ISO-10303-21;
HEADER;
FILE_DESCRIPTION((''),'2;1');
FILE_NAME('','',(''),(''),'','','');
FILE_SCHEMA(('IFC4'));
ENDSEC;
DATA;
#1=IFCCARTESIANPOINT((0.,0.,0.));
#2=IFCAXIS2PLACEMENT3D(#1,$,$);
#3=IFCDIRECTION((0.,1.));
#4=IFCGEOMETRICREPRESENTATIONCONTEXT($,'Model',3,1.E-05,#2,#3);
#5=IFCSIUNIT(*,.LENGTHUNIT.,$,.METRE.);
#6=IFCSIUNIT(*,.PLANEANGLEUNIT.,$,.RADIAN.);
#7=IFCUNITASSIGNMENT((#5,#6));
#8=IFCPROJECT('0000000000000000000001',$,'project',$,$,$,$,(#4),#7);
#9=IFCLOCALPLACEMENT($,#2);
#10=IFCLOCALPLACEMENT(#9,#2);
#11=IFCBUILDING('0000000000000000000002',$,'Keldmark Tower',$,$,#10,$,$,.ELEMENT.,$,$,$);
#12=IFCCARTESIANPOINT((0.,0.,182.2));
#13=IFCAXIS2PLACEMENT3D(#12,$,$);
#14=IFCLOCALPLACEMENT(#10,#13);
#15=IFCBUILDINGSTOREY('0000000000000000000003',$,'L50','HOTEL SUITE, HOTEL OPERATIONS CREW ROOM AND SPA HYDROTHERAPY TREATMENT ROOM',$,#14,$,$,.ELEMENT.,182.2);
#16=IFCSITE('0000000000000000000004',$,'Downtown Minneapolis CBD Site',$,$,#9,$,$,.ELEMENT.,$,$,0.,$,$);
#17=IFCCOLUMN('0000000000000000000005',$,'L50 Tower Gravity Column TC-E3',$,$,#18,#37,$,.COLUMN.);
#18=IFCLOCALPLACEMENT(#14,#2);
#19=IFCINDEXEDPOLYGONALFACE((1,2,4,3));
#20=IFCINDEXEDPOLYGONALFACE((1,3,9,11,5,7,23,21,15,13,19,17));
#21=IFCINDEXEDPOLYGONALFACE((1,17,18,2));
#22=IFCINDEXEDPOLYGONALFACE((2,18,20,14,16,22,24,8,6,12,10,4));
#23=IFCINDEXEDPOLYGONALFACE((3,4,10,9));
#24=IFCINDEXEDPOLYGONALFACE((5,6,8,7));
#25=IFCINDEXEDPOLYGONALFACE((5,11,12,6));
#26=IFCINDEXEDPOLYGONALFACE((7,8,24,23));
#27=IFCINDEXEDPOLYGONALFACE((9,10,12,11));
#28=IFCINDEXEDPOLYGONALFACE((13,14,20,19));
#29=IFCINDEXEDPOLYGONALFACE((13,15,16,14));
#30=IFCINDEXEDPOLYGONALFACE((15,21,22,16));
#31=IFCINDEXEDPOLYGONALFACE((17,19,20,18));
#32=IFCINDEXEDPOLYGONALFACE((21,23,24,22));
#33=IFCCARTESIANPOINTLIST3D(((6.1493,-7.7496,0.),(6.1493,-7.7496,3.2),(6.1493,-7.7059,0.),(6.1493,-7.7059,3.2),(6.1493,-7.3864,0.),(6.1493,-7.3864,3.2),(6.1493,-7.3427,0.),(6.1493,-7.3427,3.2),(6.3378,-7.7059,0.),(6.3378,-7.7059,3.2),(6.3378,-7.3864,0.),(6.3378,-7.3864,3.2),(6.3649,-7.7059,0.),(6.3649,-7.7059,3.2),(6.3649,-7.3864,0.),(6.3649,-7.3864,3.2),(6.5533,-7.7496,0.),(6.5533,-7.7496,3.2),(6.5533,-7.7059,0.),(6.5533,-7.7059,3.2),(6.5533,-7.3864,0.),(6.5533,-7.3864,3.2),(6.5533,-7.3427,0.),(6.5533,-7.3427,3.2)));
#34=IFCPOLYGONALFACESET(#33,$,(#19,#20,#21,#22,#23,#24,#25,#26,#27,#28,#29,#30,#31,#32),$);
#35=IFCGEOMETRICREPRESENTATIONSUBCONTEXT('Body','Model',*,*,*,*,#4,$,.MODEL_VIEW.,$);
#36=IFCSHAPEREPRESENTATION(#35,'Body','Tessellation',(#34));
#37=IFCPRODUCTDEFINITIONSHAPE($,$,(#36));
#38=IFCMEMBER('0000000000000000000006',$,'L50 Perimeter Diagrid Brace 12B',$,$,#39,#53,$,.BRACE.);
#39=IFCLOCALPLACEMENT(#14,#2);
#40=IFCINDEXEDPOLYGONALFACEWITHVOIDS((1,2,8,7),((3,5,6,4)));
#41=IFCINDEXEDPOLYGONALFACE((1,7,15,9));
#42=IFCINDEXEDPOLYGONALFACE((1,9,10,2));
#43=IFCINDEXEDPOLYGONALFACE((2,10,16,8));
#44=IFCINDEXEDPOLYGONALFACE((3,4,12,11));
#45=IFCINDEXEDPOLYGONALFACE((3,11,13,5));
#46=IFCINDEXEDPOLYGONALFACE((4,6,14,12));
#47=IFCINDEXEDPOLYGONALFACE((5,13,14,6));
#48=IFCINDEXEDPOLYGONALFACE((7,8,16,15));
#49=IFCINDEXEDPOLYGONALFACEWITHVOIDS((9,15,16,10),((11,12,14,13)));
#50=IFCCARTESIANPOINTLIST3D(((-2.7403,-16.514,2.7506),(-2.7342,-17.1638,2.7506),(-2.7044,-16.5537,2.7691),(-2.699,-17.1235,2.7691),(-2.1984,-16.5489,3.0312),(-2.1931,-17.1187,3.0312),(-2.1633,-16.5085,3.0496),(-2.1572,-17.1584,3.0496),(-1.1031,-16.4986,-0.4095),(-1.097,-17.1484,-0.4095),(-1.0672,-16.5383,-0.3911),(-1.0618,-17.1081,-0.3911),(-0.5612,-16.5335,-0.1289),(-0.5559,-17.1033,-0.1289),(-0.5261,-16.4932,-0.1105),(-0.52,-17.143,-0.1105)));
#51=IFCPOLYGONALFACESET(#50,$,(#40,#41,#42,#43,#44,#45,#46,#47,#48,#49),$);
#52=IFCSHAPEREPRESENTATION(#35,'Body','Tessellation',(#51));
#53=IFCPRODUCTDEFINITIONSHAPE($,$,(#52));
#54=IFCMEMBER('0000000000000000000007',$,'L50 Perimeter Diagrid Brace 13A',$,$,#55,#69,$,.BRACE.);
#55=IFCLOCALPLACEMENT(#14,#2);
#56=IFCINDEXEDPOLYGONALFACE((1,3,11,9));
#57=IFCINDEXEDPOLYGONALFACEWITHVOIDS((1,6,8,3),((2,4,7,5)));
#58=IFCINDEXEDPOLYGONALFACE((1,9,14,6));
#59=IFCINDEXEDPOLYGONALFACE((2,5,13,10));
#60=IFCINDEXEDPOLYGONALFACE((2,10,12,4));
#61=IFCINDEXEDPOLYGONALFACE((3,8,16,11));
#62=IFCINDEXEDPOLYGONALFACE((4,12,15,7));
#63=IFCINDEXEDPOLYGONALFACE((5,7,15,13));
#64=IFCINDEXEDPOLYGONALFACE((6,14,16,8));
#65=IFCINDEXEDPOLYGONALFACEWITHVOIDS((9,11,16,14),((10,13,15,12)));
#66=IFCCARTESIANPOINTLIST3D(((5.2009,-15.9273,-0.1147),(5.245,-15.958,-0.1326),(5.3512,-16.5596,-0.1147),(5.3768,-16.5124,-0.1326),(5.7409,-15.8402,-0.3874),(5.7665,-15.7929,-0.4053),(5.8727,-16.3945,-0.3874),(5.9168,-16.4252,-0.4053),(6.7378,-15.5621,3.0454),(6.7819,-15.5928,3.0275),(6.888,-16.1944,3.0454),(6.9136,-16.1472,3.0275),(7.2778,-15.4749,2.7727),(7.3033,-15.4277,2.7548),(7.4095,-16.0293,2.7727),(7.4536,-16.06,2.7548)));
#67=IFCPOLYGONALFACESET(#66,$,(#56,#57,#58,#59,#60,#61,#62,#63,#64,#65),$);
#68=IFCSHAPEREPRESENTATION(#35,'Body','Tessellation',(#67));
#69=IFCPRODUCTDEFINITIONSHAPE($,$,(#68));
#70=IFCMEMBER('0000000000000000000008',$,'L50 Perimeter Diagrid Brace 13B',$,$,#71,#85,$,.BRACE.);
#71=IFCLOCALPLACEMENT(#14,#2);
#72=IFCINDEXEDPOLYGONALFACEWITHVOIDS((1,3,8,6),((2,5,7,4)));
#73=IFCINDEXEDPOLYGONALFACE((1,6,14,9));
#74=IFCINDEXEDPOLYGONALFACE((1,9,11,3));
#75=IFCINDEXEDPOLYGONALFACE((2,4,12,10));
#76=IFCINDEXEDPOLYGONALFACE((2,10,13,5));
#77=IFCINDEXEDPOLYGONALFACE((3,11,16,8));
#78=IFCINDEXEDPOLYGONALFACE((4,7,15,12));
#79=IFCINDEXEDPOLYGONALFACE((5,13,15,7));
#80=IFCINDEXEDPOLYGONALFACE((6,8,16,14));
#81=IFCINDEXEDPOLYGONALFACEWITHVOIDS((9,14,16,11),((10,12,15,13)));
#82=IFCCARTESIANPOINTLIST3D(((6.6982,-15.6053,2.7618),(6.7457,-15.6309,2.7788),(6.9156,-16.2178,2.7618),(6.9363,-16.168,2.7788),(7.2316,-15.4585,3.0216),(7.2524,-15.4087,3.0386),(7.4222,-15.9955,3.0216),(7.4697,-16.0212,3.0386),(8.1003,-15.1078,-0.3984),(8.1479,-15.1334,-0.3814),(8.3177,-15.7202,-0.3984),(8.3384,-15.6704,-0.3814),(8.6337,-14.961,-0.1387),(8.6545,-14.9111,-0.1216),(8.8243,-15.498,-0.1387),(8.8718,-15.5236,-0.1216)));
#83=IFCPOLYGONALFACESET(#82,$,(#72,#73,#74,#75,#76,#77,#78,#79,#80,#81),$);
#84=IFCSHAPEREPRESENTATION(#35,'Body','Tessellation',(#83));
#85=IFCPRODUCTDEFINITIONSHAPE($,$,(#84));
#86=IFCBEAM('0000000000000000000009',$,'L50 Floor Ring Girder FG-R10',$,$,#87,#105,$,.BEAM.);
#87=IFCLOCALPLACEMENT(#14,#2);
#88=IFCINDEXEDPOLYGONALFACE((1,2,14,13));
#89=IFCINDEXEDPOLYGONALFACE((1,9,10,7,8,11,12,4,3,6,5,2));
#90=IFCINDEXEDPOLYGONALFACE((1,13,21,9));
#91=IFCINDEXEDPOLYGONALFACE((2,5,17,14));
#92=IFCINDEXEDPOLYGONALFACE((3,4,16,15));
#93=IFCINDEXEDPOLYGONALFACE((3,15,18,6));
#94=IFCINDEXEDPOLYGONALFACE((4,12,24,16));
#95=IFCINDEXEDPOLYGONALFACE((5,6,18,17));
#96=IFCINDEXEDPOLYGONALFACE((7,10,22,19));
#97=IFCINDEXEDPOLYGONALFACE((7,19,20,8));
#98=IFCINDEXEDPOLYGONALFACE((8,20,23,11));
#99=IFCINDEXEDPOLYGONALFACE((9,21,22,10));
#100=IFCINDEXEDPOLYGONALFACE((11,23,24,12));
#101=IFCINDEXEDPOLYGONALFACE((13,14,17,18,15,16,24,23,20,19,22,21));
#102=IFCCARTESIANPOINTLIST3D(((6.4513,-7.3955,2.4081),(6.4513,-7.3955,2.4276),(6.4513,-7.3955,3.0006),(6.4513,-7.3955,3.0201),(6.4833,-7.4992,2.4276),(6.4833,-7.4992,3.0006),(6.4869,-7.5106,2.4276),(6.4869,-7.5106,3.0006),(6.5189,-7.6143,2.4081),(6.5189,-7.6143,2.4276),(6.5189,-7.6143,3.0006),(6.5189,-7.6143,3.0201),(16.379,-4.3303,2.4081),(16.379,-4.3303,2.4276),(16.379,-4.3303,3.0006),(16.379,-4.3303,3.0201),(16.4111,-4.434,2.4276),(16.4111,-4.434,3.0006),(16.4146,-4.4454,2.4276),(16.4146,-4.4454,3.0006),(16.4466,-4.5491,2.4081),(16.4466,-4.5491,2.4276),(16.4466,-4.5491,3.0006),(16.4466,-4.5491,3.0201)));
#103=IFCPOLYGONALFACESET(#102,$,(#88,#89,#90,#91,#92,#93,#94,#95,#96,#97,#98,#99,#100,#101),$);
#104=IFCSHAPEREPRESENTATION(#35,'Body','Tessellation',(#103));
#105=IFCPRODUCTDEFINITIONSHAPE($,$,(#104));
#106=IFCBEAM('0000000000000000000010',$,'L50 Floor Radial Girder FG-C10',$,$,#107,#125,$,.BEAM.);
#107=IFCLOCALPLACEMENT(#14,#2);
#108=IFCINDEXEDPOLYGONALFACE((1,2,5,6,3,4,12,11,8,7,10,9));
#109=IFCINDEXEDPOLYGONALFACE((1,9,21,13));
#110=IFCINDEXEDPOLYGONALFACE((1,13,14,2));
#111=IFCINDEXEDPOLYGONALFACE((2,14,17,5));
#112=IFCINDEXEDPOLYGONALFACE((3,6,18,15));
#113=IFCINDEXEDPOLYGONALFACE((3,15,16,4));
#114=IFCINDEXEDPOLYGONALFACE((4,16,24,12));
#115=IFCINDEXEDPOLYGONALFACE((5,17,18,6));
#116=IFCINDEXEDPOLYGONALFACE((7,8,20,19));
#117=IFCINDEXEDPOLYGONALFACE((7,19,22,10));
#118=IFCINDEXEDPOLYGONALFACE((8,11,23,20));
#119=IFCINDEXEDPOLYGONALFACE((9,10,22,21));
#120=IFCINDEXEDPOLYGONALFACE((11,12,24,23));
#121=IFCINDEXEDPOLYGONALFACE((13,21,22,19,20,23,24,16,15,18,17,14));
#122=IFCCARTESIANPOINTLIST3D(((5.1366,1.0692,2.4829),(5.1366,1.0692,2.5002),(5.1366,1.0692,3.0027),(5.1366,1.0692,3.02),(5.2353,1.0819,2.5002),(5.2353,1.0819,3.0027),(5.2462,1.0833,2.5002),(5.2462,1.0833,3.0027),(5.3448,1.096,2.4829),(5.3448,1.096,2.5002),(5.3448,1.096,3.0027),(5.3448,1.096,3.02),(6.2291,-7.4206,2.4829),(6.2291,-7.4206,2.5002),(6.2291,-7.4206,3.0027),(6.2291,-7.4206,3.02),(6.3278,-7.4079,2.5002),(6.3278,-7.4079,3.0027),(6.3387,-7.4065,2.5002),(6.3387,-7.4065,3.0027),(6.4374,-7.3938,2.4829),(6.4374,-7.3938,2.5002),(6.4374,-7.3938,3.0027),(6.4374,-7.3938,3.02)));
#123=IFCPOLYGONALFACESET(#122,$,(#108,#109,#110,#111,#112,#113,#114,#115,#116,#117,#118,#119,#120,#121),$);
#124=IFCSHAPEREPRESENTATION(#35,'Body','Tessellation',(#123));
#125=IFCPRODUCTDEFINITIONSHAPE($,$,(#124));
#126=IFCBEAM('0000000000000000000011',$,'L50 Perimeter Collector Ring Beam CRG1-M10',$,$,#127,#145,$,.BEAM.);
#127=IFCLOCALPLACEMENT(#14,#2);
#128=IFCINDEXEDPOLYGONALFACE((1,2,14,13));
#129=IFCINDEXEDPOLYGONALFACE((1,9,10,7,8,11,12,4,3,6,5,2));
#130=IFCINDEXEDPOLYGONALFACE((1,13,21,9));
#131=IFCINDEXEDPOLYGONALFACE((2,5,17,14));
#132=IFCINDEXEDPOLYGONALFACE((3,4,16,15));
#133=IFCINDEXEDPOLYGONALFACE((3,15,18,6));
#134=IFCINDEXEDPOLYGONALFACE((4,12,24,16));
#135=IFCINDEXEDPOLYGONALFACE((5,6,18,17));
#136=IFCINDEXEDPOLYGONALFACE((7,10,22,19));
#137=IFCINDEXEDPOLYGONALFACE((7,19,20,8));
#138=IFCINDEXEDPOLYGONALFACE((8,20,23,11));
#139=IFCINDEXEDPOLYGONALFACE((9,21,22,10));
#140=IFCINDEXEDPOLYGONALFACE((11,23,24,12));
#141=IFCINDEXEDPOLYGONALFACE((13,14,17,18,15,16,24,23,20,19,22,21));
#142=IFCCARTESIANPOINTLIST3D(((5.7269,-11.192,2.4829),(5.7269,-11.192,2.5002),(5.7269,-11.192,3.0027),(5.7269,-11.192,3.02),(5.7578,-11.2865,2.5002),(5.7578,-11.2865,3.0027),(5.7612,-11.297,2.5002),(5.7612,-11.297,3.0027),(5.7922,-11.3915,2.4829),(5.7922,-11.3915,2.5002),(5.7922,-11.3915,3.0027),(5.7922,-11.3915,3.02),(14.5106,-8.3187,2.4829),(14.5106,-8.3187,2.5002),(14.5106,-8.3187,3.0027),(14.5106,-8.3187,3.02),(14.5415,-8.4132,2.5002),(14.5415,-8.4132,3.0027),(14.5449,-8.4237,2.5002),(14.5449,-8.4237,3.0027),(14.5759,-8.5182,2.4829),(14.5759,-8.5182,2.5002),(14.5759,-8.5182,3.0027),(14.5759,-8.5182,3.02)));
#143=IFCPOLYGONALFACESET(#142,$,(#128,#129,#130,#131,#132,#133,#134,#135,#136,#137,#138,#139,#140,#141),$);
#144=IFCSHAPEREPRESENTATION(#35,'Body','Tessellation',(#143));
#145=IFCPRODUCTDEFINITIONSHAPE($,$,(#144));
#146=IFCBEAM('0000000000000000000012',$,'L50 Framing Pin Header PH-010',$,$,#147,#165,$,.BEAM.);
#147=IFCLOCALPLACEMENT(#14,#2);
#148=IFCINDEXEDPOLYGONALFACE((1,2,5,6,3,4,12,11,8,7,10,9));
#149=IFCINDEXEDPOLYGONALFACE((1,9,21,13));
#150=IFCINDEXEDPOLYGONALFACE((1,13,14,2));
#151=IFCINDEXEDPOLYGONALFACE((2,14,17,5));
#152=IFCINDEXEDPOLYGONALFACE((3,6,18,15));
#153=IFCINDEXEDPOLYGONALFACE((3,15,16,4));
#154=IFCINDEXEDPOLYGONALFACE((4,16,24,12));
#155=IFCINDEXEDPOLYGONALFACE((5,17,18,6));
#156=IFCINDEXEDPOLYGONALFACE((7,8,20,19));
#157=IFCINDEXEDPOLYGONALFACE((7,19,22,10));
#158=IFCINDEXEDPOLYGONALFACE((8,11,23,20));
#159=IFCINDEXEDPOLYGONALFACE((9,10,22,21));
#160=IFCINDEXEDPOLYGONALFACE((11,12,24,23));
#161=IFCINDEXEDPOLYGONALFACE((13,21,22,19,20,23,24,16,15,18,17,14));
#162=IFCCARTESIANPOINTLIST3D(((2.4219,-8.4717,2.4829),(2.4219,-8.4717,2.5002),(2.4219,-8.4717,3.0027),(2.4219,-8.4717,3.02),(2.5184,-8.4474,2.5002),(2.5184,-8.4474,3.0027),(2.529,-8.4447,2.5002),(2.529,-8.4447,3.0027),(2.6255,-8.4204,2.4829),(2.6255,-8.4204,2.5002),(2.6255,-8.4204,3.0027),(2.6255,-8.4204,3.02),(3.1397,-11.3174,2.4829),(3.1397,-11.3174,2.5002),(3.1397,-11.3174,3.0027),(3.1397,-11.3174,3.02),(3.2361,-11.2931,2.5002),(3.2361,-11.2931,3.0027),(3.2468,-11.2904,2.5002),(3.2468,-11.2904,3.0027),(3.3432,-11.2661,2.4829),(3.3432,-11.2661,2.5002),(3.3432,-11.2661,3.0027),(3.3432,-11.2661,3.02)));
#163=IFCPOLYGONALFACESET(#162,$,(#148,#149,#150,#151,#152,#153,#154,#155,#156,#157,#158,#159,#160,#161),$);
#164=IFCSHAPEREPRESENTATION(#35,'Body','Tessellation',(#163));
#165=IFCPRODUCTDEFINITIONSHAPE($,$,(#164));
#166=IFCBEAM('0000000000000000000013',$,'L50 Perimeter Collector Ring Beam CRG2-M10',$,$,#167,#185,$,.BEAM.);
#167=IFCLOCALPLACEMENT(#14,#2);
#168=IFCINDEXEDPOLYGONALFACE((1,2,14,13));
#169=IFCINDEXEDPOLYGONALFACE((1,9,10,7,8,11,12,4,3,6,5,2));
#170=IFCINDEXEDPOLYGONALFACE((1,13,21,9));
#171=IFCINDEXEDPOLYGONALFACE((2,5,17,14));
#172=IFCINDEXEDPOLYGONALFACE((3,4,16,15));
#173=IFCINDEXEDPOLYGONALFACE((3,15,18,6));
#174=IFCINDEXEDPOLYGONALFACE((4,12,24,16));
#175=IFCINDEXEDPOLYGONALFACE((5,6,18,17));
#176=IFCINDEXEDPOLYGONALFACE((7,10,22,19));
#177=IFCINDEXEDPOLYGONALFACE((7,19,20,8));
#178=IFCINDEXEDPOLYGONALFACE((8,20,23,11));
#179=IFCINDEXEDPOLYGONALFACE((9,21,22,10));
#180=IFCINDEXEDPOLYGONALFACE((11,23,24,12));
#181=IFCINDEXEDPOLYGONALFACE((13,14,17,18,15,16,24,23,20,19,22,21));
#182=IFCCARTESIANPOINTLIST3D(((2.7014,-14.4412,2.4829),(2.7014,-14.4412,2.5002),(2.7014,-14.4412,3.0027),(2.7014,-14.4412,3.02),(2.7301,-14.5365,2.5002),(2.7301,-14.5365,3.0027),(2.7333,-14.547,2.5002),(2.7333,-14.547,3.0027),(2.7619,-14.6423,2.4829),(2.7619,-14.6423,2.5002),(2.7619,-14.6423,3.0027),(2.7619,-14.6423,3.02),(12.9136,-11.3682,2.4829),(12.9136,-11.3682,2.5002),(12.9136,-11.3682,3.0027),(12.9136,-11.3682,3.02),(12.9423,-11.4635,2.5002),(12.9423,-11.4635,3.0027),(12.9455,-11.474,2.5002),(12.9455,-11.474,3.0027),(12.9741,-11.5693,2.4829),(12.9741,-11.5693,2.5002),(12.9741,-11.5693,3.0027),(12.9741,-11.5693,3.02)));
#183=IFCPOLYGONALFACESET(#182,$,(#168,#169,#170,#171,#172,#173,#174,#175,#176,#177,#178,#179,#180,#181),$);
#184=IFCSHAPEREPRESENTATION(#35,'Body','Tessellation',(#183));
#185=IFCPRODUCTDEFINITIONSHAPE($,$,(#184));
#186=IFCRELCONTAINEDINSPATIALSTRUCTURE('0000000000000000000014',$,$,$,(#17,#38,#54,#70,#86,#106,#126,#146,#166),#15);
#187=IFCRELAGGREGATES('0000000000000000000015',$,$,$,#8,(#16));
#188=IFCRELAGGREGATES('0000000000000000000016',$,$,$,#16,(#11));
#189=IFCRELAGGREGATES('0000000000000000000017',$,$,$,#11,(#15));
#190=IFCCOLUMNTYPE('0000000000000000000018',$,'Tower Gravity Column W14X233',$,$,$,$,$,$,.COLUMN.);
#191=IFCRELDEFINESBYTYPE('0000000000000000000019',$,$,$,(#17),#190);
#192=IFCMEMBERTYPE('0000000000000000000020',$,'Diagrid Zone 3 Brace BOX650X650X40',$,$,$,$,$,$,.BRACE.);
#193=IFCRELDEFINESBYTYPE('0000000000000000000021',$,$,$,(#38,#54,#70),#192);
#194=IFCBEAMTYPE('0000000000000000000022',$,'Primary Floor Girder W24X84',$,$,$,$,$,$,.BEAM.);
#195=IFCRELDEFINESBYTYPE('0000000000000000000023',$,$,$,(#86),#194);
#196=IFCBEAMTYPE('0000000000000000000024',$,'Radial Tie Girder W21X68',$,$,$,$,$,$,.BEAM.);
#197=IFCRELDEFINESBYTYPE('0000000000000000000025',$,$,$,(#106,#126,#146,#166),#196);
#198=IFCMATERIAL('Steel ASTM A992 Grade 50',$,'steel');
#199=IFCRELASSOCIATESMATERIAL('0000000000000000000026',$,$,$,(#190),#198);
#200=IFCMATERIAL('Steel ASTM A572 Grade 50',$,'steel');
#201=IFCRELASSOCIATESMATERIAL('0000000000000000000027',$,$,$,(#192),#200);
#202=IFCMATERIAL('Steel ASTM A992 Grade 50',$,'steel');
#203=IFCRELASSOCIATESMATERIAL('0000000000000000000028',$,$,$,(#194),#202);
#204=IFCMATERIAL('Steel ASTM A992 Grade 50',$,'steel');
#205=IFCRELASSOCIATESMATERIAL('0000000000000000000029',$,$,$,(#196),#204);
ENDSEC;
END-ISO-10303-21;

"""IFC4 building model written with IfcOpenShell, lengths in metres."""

from ifc_helpers import new_model, si_unit, direction, frame, origin, origin_2d, place, context, subcontext, project, spatial, hollow_rectangle, i_section, extrude, material, material_profile, profile_set, type_object, element, save


model = new_model("IFC4")

# Units and contexts
model_context = context("Model", 3, precision=1e-05, world=origin(), true_north=direction((0.0, 1.0)))
body_context = subcontext(model_context, "Body", "Model", "MODEL_VIEW")
ifc_project = project(units=[si_unit("LENGTHUNIT", "METRE"), si_unit("PLANEANGLEUNIT", "RADIAN")], contexts=[model_context])

# Site, building, storey
site_placement = place(None, origin())
site = spatial("IfcSite", under=ifc_project, at=site_placement, Name="Downtown Minneapolis CBD Site", CompositionType="ELEMENT", RefElevation=0.0)
building_placement = place(site_placement, origin())
building = spatial("IfcBuilding", under=site, at=building_placement, Name="Keldmark Tower", CompositionType="ELEMENT")
storey_placement = place(building_placement, frame((0.0, 0.0, 182.2)))
storey = spatial("IfcBuildingStorey", under=building, at=storey_placement, Name="L50", Description="HOTEL SUITE, HOTEL OPERATIONS CREW ROOM AND SPA HYDROTHERAPY TREATMENT ROOM", CompositionType="ELEMENT", Elevation=182.2)

# Column
ifc_material_1 = material(Name="Steel ASTM A992 Grade 50", Category="steel")
ifc_material_profile_1 = material_profile(ifc_material_1, i_section(OverallWidth=0.4041, OverallDepth=0.407, WebThickness=0.0271, FlangeThickness=0.0437, at=origin_2d()), Name="W14X233")
ifc_profile_set_1 = profile_set([ifc_material_profile_1], Name="Steel ASTM A992 Grade 50")
column_type = type_object("IfcColumnType", Name="Tower Gravity Column W14X233", PredefinedType="COLUMN", material=ifc_profile_set_1)
column_placement = place(storey_placement, frame((6.3513, -7.5461, 0.0), z_axis=(0.0, 0.0, 1.0), x_axis=(1.0, 0.0, 0.0)))
element("IfcColumn", 1, at=column_placement, inside=storey, type_object=column_type, Name="L50 Tower Gravity Column TC-E3", PredefinedType="COLUMN", context=body_context, shape_type="SweptSolid", body=[
    extrude(i_section(OverallWidth=0.4041, OverallDepth=0.407, WebThickness=0.0271, FlangeThickness=0.0437, at=origin_2d()), origin(), (0.0, 0.0, 1.0), 3.2),
])

# Members
ifc_material_2 = material(Name="Steel ASTM A572 Grade 50", Category="steel")
ifc_material_profile_2 = material_profile(ifc_material_2, hollow_rectangle(XDim=0.6499, YDim=0.6499, WallThickness=0.04, at=origin_2d()), Name="BOX650X650X40")
ifc_profile_set_2 = profile_set([ifc_material_profile_2], Name="Steel ASTM A572 Grade 50")
member_type = type_object("IfcMemberType", Name="Diagrid Zone 3 Brace BOX650X650X40", PredefinedType="BRACE", material=ifc_profile_set_2)
member_1_placement = place(storey_placement, frame((-0.8115, -16.8208, -0.26), z_axis=(-0.460004, -0.004322, 0.887906), x_axis=(0.009394, -0.999956, 0.0)))
element("IfcMember", 2, at=member_1_placement, inside=storey, type_object=member_type, Name="L50 Perimeter Diagrid Brace 12B", PredefinedType="BRACE", context=body_context, shape_type="SweptSolid", body=[
    extrude(hollow_rectangle(XDim=0.6499, YDim=0.6499, WallThickness=0.04, at=origin_2d()), origin(), (0.0, 0.0, 1.0), 3.5591),
])
member_2_placement = place(storey_placement, frame((5.5588, -16.1763, -0.26), z_axis=(0.435006, 0.103379, 0.894474), x_axis=(-0.23121, 0.972904, 0.0)))
element("IfcMember", 3, at=member_2_placement, inside=storey, type_object=member_type, Name="L50 Perimeter Diagrid Brace 13A", PredefinedType="BRACE", context=body_context, shape_type="SweptSolid", body=[
    extrude(hollow_rectangle(XDim=0.6499, YDim=0.6499, WallThickness=0.04, at=origin_2d()), origin(), (0.0, 0.0, 1.0), 3.533),
])
member_3_placement = place(storey_placement, frame((8.4861, -15.3157, -0.26), z_axis=(-0.401419, -0.14245, 0.904749), x_axis=(0.334433, -0.942419, 0.0)))
element("IfcMember", 4, at=member_3_placement, inside=storey, type_object=member_type, Name="L50 Perimeter Diagrid Brace 13B", PredefinedType="BRACE", context=body_context, shape_type="SweptSolid", body=[
    extrude(hollow_rectangle(XDim=0.6499, YDim=0.6499, WallThickness=0.04, at=origin_2d()), origin(), (0.0, 0.0, 1.0), 3.4929),
])

# Beams
ifc_material_3 = material(Name="Steel ASTM A992 Grade 50", Category="steel")
ifc_material_profile_3 = material_profile(ifc_material_3, i_section(OverallWidth=0.229, OverallDepth=0.6121, WebThickness=0.012, FlangeThickness=0.0195, at=origin_2d()), Name="W24X84")
ifc_profile_set_3 = profile_set([ifc_material_profile_3], Name="Steel ASTM A992 Grade 50")
beam_type_1 = type_object("IfcBeamType", Name="Primary Floor Girder W24X84", PredefinedType="BEAM", material=ifc_profile_set_3)
beam_1_placement = place(storey_placement, frame((6.4851, -7.5049, 2.7141), z_axis=(0.955495, 0.295009, 0.0), x_axis=(-0.295009, 0.955495, 0.0)))
element("IfcBeam", 5, at=beam_1_placement, inside=storey, type_object=beam_type_1, Name="L50 Floor Ring Girder FG-R10", PredefinedType="BEAM", context=body_context, shape_type="SweptSolid", body=[
    extrude(i_section(OverallWidth=0.229, OverallDepth=0.6121, WebThickness=0.012, FlangeThickness=0.0195, at=origin_2d()), origin(), (0.0, 0.0, 1.0), 10.3901),
])
ifc_material_4 = material(Name="Steel ASTM A992 Grade 50", Category="steel")
ifc_material_profile_4 = material_profile(ifc_material_4, i_section(OverallWidth=0.21, OverallDepth=0.5371, WebThickness=0.011, FlangeThickness=0.0173, at=origin_2d()), Name="W21X68")
ifc_profile_set_4 = profile_set([ifc_material_profile_4], Name="Steel ASTM A992 Grade 50")
beam_type_2 = type_object("IfcBeamType", Name="Radial Tie Girder W21X68", PredefinedType="BEAM", material=ifc_profile_set_4)
beam_2_placement = place(storey_placement, frame((6.3333, -7.4072, 2.7515), z_axis=(-0.127636, 0.991821, 0.0), x_axis=(-0.991821, -0.127636, 0.0)))
element("IfcBeam", 6, at=beam_2_placement, inside=storey, type_object=beam_type_2, Name="L50 Floor Radial Girder FG-C10", PredefinedType="BEAM", context=body_context, shape_type="SweptSolid", body=[
    extrude(i_section(OverallWidth=0.21, OverallDepth=0.5371, WebThickness=0.011, FlangeThickness=0.0173, at=origin_2d()), origin(), (0.0, 0.0, 1.0), 8.5598),
])
beam_3_placement = place(storey_placement, frame((5.7595, -11.2917, 2.7515), z_axis=(0.950441, 0.310905, 0.0), x_axis=(-0.310905, 0.950441, 0.0)))
element("IfcBeam", 7, at=beam_3_placement, inside=storey, type_object=beam_type_2, Name="L50 Perimeter Collector Ring Beam CRG1-M10", PredefinedType="BEAM", context=body_context, shape_type="SweptSolid", body=[
    extrude(i_section(OverallWidth=0.21, OverallDepth=0.5371, WebThickness=0.011, FlangeThickness=0.0173, at=origin_2d()), origin(), (0.0, 0.0, 1.0), 9.2417),
])
beam_4_placement = place(storey_placement, frame((2.5237, -8.446, 2.7515), z_axis=(0.244571, -0.969631, 0.0), x_axis=(0.969631, 0.244571, 0.0)))
element("IfcBeam", 8, at=beam_4_placement, inside=storey, type_object=beam_type_2, Name="L50 Framing Pin Header PH-010", PredefinedType="BEAM", context=body_context, shape_type="SweptSolid", body=[
    extrude(i_section(OverallWidth=0.21, OverallDepth=0.5371, WebThickness=0.011, FlangeThickness=0.0173, at=origin_2d()), origin(), (0.0, 0.0, 1.0), 2.9348),
])
beam_5_placement = place(storey_placement, frame((2.7317, -14.5417, 2.7515), z_axis=(0.957585, 0.288152, 0.0), x_axis=(-0.288152, 0.957585, 0.0)))
element("IfcBeam", 9, at=beam_5_placement, inside=storey, type_object=beam_type_2, Name="L50 Perimeter Collector Ring Beam CRG2-M10", PredefinedType="BEAM", context=body_context, shape_type="SweptSolid", body=[
    extrude(i_section(OverallWidth=0.21, OverallDepth=0.5371, WebThickness=0.011, FlangeThickness=0.0173, at=origin_2d()), origin(), (0.0, 0.0, 1.0), 10.6646),
])

save(model, "model.ifc")
